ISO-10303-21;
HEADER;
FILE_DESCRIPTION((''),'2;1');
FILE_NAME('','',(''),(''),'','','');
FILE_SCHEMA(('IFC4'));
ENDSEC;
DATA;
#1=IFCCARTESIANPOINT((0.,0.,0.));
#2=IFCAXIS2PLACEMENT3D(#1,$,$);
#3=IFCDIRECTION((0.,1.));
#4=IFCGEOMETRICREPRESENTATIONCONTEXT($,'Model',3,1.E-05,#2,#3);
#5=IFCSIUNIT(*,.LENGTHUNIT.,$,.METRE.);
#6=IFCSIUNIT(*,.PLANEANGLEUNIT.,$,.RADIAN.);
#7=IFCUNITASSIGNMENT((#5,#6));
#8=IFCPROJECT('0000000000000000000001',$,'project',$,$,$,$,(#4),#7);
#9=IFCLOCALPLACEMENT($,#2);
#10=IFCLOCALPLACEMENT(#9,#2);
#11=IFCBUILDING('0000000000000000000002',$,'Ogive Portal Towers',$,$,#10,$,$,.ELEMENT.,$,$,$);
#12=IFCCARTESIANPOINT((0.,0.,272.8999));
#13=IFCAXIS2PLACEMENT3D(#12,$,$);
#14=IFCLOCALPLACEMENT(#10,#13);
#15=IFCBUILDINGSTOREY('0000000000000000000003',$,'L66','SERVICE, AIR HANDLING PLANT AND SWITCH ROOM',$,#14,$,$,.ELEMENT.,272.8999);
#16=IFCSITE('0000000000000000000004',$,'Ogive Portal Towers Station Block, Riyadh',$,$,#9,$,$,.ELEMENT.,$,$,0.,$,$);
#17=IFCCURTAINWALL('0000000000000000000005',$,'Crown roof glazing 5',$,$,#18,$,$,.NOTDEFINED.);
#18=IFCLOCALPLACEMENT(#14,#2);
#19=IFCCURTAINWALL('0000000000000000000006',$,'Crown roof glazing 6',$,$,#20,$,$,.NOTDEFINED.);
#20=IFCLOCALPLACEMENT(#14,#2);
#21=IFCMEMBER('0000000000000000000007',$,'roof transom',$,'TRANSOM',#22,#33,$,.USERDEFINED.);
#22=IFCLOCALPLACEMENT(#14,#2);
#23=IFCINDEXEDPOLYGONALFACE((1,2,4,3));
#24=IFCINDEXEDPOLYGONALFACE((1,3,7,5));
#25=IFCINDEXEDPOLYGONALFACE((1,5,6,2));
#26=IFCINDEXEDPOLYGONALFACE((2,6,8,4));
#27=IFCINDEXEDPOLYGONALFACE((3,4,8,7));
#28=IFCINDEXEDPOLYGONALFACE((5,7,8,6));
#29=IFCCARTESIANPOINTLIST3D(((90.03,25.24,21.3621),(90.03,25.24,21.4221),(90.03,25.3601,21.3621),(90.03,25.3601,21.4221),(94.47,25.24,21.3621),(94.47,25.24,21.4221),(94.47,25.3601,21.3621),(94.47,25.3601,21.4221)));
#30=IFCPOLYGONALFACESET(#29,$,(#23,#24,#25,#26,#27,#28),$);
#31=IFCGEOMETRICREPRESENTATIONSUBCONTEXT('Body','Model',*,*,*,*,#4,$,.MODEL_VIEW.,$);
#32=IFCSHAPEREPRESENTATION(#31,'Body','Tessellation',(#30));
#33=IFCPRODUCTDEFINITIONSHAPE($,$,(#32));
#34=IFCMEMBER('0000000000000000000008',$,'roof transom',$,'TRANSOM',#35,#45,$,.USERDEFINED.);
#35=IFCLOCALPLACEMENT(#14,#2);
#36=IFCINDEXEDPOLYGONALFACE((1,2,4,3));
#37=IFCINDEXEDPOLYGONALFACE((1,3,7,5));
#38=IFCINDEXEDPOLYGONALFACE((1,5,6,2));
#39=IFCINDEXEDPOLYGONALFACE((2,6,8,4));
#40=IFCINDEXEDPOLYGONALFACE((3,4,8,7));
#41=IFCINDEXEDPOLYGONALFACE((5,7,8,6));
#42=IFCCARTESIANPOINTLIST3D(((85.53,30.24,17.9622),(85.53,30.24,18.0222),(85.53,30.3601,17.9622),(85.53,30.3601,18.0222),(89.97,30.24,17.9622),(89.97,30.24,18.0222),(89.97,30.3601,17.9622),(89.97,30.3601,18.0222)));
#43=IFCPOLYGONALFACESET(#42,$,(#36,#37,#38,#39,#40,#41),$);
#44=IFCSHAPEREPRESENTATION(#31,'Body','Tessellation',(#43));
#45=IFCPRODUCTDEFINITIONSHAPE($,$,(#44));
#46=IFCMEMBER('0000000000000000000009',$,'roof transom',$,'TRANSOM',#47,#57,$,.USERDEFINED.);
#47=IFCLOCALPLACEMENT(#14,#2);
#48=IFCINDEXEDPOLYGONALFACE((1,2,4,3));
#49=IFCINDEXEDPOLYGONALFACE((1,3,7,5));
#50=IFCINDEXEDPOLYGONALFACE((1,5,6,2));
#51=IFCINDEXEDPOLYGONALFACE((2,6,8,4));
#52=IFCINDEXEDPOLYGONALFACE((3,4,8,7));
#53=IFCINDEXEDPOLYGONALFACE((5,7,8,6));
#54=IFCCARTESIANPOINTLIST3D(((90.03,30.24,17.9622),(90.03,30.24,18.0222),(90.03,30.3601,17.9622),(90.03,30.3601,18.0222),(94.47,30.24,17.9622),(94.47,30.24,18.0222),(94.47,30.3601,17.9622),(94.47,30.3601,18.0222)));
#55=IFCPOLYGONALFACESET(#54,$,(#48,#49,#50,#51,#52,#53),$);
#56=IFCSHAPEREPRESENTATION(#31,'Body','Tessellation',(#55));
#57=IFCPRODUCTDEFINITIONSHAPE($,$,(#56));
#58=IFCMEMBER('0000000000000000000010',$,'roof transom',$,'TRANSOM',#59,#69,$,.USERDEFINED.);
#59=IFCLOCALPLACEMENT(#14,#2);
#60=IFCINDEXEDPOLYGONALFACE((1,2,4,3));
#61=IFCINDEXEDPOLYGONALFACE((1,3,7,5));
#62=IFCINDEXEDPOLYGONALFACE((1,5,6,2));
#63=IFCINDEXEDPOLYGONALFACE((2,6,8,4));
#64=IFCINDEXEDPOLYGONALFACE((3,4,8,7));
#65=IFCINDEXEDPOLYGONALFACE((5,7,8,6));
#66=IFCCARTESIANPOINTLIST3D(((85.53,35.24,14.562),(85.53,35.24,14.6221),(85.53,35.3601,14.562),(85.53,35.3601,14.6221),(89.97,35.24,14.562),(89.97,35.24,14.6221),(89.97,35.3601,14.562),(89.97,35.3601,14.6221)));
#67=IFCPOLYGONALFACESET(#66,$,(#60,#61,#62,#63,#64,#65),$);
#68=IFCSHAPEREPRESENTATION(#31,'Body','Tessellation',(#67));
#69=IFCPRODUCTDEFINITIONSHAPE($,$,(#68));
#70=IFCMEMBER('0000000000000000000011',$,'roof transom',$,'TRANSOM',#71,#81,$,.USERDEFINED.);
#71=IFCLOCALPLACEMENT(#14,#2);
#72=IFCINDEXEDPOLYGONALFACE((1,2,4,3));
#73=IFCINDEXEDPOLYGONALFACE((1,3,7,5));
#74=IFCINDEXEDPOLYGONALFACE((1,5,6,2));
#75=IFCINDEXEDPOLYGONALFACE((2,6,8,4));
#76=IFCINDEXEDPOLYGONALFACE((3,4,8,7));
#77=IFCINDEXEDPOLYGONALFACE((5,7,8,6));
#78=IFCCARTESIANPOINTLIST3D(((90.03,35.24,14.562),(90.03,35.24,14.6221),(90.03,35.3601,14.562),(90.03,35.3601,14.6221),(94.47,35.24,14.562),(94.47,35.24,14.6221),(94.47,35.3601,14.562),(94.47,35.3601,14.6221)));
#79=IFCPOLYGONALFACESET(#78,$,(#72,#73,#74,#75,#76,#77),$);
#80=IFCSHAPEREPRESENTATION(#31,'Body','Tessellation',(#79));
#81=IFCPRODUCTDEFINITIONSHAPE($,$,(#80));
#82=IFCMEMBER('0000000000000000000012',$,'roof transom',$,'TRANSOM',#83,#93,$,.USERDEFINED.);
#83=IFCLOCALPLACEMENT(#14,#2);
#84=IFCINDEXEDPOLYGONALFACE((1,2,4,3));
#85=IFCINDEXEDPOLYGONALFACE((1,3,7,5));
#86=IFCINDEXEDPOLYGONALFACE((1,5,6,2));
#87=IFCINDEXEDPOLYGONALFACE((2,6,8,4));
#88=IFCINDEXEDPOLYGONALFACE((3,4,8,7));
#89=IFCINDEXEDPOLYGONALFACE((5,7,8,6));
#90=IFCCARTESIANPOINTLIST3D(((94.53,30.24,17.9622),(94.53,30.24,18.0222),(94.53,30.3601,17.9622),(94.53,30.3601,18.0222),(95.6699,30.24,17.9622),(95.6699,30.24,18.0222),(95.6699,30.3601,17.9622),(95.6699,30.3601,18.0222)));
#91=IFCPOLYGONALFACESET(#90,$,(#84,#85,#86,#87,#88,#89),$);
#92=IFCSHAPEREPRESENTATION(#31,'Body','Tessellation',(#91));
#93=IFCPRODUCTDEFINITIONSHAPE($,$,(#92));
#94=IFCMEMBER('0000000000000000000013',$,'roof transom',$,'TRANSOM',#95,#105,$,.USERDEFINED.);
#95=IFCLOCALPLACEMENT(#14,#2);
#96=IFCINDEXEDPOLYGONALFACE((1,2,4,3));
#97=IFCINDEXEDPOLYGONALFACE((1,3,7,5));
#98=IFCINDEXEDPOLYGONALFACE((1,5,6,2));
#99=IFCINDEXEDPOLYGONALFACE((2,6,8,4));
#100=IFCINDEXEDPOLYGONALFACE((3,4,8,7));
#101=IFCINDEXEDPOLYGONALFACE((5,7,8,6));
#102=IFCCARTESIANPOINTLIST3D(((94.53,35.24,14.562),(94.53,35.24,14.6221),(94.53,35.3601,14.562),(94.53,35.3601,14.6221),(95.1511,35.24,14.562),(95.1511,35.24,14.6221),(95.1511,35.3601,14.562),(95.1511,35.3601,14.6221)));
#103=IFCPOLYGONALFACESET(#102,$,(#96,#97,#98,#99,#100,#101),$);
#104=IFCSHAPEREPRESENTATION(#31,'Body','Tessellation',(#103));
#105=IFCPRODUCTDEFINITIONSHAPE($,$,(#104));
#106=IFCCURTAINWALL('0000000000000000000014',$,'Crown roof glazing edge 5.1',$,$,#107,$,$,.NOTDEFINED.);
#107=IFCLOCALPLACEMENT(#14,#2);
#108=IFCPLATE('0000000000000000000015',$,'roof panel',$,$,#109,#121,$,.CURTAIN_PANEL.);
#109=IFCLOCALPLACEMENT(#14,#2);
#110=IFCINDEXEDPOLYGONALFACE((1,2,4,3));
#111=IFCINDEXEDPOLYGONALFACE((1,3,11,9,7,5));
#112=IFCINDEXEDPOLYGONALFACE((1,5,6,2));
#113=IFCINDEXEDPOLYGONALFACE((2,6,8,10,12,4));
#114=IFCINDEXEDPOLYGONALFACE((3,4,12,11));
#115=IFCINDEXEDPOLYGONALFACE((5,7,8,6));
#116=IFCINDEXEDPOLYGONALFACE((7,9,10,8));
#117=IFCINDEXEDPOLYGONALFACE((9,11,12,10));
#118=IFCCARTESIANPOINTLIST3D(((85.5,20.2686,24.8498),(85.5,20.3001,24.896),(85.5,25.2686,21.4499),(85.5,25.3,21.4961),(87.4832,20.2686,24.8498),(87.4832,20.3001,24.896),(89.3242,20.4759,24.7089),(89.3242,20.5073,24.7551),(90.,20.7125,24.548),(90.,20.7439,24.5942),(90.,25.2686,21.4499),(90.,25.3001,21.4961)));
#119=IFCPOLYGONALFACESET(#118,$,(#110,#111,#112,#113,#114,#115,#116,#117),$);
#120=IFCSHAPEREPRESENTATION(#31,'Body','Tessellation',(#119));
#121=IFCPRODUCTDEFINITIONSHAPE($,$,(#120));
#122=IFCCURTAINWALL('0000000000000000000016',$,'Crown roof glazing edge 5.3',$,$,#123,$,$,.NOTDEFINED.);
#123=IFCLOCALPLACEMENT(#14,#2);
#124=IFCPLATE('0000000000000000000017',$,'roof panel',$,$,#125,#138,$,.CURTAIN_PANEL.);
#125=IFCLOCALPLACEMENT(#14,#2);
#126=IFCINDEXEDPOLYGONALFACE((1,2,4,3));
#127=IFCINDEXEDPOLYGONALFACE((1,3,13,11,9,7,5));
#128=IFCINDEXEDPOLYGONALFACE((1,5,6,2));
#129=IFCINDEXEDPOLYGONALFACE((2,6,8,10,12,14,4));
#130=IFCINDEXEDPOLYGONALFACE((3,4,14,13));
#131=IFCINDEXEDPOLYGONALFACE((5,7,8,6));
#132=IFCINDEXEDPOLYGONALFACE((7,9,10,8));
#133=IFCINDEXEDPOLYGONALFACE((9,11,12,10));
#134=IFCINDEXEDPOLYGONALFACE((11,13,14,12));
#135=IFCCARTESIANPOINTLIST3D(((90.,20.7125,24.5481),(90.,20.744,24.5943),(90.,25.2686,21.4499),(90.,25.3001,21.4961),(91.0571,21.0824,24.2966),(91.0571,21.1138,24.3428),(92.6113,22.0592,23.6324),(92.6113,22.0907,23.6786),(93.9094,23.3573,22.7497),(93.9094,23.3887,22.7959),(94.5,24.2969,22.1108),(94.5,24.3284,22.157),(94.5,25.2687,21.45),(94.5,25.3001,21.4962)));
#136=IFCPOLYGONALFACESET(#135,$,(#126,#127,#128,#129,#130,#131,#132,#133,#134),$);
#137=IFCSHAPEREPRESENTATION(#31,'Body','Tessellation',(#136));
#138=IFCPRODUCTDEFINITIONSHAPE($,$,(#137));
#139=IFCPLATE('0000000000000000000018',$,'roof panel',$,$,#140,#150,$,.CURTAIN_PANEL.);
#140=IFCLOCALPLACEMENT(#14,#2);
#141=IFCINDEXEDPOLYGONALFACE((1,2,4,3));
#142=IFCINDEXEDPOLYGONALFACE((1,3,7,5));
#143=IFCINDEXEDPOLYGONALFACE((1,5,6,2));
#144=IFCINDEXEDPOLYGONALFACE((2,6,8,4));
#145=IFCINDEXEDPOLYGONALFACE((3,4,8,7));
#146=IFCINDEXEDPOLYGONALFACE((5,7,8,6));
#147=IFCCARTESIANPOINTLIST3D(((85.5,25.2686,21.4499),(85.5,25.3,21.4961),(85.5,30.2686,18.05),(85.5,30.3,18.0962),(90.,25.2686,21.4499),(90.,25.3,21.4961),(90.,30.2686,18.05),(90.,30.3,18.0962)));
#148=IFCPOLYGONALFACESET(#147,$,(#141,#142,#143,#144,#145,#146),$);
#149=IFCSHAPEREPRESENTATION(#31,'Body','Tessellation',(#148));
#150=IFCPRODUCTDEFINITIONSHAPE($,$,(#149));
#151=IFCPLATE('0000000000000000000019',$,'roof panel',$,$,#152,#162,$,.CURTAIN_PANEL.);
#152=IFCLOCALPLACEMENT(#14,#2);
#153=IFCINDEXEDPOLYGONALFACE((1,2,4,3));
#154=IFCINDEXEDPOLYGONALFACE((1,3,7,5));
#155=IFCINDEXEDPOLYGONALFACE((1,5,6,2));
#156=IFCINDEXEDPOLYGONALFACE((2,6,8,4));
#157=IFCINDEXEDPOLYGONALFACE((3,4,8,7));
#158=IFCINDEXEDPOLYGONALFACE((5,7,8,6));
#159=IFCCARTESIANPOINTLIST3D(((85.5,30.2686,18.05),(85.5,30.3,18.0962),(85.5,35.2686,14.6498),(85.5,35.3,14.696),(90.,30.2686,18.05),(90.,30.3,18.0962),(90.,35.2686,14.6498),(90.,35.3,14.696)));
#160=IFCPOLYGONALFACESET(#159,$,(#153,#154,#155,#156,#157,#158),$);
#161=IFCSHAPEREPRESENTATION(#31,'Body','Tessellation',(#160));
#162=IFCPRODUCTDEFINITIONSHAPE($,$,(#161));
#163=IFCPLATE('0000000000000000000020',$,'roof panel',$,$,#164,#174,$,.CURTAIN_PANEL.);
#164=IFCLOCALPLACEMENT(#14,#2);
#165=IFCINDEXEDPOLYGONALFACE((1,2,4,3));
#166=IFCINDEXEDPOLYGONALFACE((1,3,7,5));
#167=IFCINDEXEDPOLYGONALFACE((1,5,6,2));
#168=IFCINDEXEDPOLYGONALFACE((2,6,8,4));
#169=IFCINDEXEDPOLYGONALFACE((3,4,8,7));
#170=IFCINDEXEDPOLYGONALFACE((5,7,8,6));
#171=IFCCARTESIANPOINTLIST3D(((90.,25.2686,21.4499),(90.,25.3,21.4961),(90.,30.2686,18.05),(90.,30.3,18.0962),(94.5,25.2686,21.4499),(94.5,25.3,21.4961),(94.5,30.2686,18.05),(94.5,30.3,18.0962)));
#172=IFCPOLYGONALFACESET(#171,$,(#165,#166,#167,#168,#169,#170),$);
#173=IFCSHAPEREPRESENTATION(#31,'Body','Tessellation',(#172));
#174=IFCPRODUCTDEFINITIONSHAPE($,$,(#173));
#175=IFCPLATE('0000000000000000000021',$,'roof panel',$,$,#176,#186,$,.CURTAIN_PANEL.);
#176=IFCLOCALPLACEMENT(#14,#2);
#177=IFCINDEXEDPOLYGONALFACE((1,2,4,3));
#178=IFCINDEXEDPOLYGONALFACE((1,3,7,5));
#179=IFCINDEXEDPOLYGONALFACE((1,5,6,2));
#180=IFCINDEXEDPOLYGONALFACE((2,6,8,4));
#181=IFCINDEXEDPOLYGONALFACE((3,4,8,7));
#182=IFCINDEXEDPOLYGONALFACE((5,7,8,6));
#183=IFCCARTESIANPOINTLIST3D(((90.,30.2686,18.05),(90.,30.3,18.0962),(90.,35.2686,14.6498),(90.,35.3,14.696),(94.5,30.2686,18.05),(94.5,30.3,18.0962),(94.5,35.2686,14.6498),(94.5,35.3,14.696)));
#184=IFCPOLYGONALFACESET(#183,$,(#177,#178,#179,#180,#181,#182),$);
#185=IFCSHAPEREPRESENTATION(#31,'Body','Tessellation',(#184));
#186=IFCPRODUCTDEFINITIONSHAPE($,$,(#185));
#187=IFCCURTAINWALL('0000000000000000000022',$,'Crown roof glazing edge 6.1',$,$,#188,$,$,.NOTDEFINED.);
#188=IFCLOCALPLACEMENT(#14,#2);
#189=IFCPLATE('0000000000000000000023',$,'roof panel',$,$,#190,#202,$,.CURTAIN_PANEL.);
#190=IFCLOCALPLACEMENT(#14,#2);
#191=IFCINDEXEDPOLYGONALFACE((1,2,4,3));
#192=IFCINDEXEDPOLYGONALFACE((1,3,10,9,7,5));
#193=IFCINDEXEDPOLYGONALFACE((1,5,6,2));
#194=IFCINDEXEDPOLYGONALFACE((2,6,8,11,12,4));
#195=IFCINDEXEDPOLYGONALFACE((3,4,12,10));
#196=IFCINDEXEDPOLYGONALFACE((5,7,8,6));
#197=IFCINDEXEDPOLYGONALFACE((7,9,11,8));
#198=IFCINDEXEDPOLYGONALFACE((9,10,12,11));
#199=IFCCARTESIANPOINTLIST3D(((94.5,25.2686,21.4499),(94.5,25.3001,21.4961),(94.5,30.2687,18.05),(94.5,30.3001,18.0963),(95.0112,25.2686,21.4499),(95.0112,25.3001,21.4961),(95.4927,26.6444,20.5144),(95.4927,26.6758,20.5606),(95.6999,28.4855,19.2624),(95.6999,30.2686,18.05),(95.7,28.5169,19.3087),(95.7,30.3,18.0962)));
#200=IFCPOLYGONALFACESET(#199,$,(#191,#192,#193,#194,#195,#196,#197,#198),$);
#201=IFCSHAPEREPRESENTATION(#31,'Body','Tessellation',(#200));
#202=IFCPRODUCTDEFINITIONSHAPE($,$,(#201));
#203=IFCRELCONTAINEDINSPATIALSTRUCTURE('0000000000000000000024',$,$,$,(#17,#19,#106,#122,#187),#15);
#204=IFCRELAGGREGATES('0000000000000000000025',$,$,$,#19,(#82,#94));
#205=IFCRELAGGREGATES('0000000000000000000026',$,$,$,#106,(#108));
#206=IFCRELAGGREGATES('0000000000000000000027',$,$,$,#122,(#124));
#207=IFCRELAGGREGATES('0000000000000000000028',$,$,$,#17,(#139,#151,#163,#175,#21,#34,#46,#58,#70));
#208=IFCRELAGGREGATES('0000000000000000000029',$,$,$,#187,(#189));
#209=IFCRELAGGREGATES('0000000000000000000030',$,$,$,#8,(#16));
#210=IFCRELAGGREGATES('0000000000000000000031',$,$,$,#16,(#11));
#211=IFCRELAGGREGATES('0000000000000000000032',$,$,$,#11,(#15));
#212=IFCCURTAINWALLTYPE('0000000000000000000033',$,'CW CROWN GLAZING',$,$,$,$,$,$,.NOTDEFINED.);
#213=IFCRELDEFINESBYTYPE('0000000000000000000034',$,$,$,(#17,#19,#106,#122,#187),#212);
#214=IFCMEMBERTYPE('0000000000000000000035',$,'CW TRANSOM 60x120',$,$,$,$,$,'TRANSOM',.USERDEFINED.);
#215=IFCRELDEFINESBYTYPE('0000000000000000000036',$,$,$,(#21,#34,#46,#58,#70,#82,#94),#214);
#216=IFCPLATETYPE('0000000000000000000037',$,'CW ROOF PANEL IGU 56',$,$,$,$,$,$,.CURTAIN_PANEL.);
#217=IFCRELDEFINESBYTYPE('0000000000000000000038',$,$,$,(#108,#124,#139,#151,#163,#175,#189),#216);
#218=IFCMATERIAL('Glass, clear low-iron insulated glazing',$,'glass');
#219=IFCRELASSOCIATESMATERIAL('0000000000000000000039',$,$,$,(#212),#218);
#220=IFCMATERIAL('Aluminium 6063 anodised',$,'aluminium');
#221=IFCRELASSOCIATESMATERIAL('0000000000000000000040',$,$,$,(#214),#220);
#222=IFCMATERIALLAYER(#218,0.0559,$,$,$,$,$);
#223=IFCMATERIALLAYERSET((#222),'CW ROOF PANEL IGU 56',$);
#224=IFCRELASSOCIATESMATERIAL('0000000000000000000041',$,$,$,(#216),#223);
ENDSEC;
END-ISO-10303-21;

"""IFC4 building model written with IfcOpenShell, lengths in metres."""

from ifc_helpers import new_model, si_unit, direction, frame, origin, origin_2d, place, context, subcontext, project, spatial, polyline, rectangle, outline, extrude, material, layer, layer_set, material_profile, profile_set, type_object, element, aggregate, save


model = new_model("IFC4")

# Units and contexts
model_context = context("Model", 3, precision=1e-05, world=origin(), true_north=direction((0.0, 1.0)))
body_context = subcontext(model_context, "Body", "Model", "MODEL_VIEW")
ifc_project = project(units=[si_unit("LENGTHUNIT", "METRE"), si_unit("PLANEANGLEUNIT", "RADIAN")], contexts=[model_context])

# Site, building, storey
site_placement = place(None, origin())
site = spatial("IfcSite", under=ifc_project, at=site_placement, Name="Ogive Portal Towers Station Block, Riyadh", CompositionType="ELEMENT", RefElevation=0.0)
building_placement = place(site_placement, origin())
building = spatial("IfcBuilding", under=site, at=building_placement, Name="Ogive Portal Towers", CompositionType="ELEMENT")
storey_placement = place(building_placement, frame((0.0, 0.0, 272.8999)))
storey = spatial("IfcBuildingStorey", under=building, at=storey_placement, Name="L66", Description="SERVICE, AIR HANDLING PLANT AND SWITCH ROOM", CompositionType="ELEMENT", Elevation=272.8999)

# Curtain walls
ifc_material_1 = material(Name="Glass, clear low-iron insulated glazing", Category="glass")
curtain_wall_type = type_object("IfcCurtainWallType", Name="CW CROWN GLAZING", PredefinedType="NOTDEFINED", material=ifc_material_1)
curtain_wall_1_placement = place(storey_placement, origin())
curtain_wall_1 = element("IfcCurtainWall", 1, at=curtain_wall_1_placement, inside=storey, type_object=curtain_wall_type, Name="Crown roof glazing 5", PredefinedType="NOTDEFINED")
ifc_material_2 = material(Name="Aluminium 6063 anodised", Category="aluminium")
curtain_wall_2_placement = place(storey_placement, origin())
curtain_wall_2 = element("IfcCurtainWall", 2, at=curtain_wall_2_placement, inside=storey, type_object=curtain_wall_type, Name="Crown roof glazing 6", PredefinedType="NOTDEFINED")

# Members
ifc_material_profile_1 = material_profile(ifc_material_2, rectangle(XDim=0.1201, YDim=0.0601, at=origin_2d()), Name="AL 120x60")
ifc_profile_set_1 = profile_set([ifc_material_profile_1], Name="Aluminium 6063 anodised")
member_type_1 = type_object("IfcMemberType", Name="CW TRANSOM 60x120", ElementType="TRANSOM", PredefinedType="USERDEFINED", material=ifc_profile_set_1)
member_1_placement = place(storey_placement, frame((90.03, 25.3, 21.3921), z_axis=(1.0, 0.0, 0.0), x_axis=(0.0, 1.0, 0.0)))
member_1 = element("IfcMember", 3, at=member_1_placement, type_object=member_type_1, Name="roof transom", ObjectType="TRANSOM", PredefinedType="USERDEFINED", context=body_context, shape_type="SweptSolid", body=[
    extrude(rectangle(XDim=0.1201, YDim=0.0601, at=origin_2d()), origin(), (0.0, 0.0, 1.0), 4.4399),
])
member_2_placement = place(storey_placement, frame((85.53, 30.3, 17.9922), z_axis=(1.0, 0.0, 0.0), x_axis=(0.0, 1.0, 0.0)))
member_2 = element("IfcMember", 4, at=member_2_placement, type_object=member_type_1, Name="roof transom", ObjectType="TRANSOM", PredefinedType="USERDEFINED", context=body_context, shape_type="SweptSolid", body=[
    extrude(rectangle(XDim=0.1201, YDim=0.0601, at=origin_2d()), origin(), (0.0, 0.0, 1.0), 4.4399),
])
member_3_placement = place(storey_placement, frame((90.03, 30.3, 17.9922), z_axis=(1.0, 0.0, 0.0), x_axis=(0.0, 1.0, 0.0)))
member_3 = element("IfcMember", 5, at=member_3_placement, type_object=member_type_1, Name="roof transom", ObjectType="TRANSOM", PredefinedType="USERDEFINED", context=body_context, shape_type="SweptSolid", body=[
    extrude(rectangle(XDim=0.1201, YDim=0.0601, at=origin_2d()), origin(), (0.0, 0.0, 1.0), 4.4399),
])
member_4_placement = place(storey_placement, frame((85.53, 35.3, 14.592), z_axis=(1.0, 0.0, 0.0), x_axis=(0.0, 1.0, 0.0)))
member_4 = element("IfcMember", 6, at=member_4_placement, type_object=member_type_1, Name="roof transom", ObjectType="TRANSOM", PredefinedType="USERDEFINED", context=body_context, shape_type="SweptSolid", body=[
    extrude(rectangle(XDim=0.1201, YDim=0.0601, at=origin_2d()), origin(), (0.0, 0.0, 1.0), 4.4399),
])
member_5_placement = place(storey_placement, frame((90.03, 35.3, 14.592), z_axis=(1.0, 0.0, 0.0), x_axis=(0.0, 1.0, 0.0)))
member_5 = element("IfcMember", 7, at=member_5_placement, type_object=member_type_1, Name="roof transom", ObjectType="TRANSOM", PredefinedType="USERDEFINED", context=body_context, shape_type="SweptSolid", body=[
    extrude(rectangle(XDim=0.1201, YDim=0.0601, at=origin_2d()), origin(), (0.0, 0.0, 1.0), 4.4399),
])
member_6_placement = place(storey_placement, frame((94.53, 30.3, 17.9922), z_axis=(1.0, 0.0, 0.0), x_axis=(0.0, 1.0, 0.0)))
member_6 = element("IfcMember", 8, at=member_6_placement, type_object=member_type_1, Name="roof transom", ObjectType="TRANSOM", PredefinedType="USERDEFINED", context=body_context, shape_type="SweptSolid", body=[
    extrude(rectangle(XDim=0.1201, YDim=0.0601, at=origin_2d()), origin(), (0.0, 0.0, 1.0), 1.1399),
])
member_7_placement = place(storey_placement, frame((94.53, 35.3, 14.592), z_axis=(1.0, 0.0, 0.0), x_axis=(0.0, 1.0, 0.0)))
member_7 = element("IfcMember", 9, at=member_7_placement, type_object=member_type_1, Name="roof transom", ObjectType="TRANSOM", PredefinedType="USERDEFINED", context=body_context, shape_type="SweptSolid", body=[
    extrude(rectangle(XDim=0.1201, YDim=0.0601, at=origin_2d()), origin(), (0.0, 0.0, 1.0), 0.6211),
])
aggregate(curtain_wall_2, [member_6, member_7])

# Curtain walls, plates
curtain_wall_3_placement = place(storey_placement, origin())
curtain_wall_3 = element("IfcCurtainWall", 10, at=curtain_wall_3_placement, inside=storey, type_object=curtain_wall_type, Name="Crown roof glazing edge 5.1", PredefinedType="NOTDEFINED")
ifc_layer = layer(ifc_material_1, 0.0559)
ifc_layer_set = layer_set([ifc_layer], Name="CW ROOF PANEL IGU 56")
plate_type = type_object("IfcPlateType", Name="CW ROOF PANEL IGU 56", PredefinedType="CURTAIN_PANEL", material=ifc_layer_set)
plate_1_placement = place(storey_placement, frame((90.0, 20.7439, 24.5942), z_axis=(-0.000005, 0.562302, 0.826932), x_axis=(0.0, 0.826932, -0.562302)))
plate_1 = element("IfcPlate", 11, at=plate_1_placement, type_object=plate_type, Name="roof panel", PredefinedType="CURTAIN_PANEL", context=body_context, shape_type="SweptSolid", body=[
    extrude(outline(polyline([(0.0, 0.0), (5.5097, 0.0), (5.5097, 4.5), (-0.5367, 4.5), (-0.5367, 2.5168), (-0.2861, 0.6758), (0.0, 0.0)])), origin(), (0.0, 0.0, -1.0), 0.0559),
])
aggregate(curtain_wall_3, [plate_1])
curtain_wall_4_placement = place(storey_placement, origin())
curtain_wall_4 = element("IfcCurtainWall", 12, at=curtain_wall_4_placement, inside=storey, type_object=curtain_wall_type, Name="Crown roof glazing edge 5.3", PredefinedType="NOTDEFINED")
plate_2_placement = place(storey_placement, frame((94.5, 24.3284, 22.157), z_axis=(-0.000013, 0.56231, 0.826926), x_axis=(0.0, 0.826926, -0.56231)))
plate_2 = element("IfcPlate", 13, at=plate_2_placement, type_object=plate_type, Name="roof panel", PredefinedType="CURTAIN_PANEL", context=body_context, shape_type="SweptSolid", body=[
    extrude(outline(polyline([(0.0, 0.0), (1.1751, 0.0), (1.1751, 4.5), (-4.3346, 4.5), (-3.8873, 3.4429), (-2.706, 1.8887), (-1.1363, 0.5906), (0.0, 0.0)])), origin(), (0.0, 0.0, -1.0), 0.0559),
])
aggregate(curtain_wall_4, [plate_2])

# Plates
plate_3_placement = place(storey_placement, frame((90.0, 25.3, 21.4961), z_axis=(0.0, 0.562299, 0.826934), x_axis=(0.0, 0.826934, -0.562299)))
plate_3 = element("IfcPlate", 14, at=plate_3_placement, type_object=plate_type, Name="roof panel", PredefinedType="CURTAIN_PANEL", context=body_context, shape_type="SweptSolid", body=[
    extrude(outline(polyline([(0.0, 0.0), (6.0464, 0.0), (6.0464, 4.5), (0.0, 4.5), (0.0, 0.0)])), origin(), (0.0, 0.0, -1.0), 0.0559),
])
plate_4_placement = place(storey_placement, frame((90.0, 30.3, 18.0962), z_axis=(0.0, 0.562327, 0.826915), x_axis=(0.0, 0.826915, -0.562327)))
plate_4 = element("IfcPlate", 15, at=plate_4_placement, type_object=plate_type, Name="roof panel", PredefinedType="CURTAIN_PANEL", context=body_context, shape_type="SweptSolid", body=[
    extrude(outline(polyline([(0.0, 0.0), (6.0466, 0.0), (6.0466, 4.5), (0.0, 4.5), (0.0, 0.0)])), origin(), (0.0, 0.0, -1.0), 0.0559),
])
plate_5_placement = place(storey_placement, frame((94.5, 25.3, 21.4961), z_axis=(0.0, 0.562299, 0.826934), x_axis=(0.0, 0.826934, -0.562299)))
plate_5 = element("IfcPlate", 16, at=plate_5_placement, type_object=plate_type, Name="roof panel", PredefinedType="CURTAIN_PANEL", context=body_context, shape_type="SweptSolid", body=[
    extrude(outline(polyline([(0.0, 0.0), (6.0464, 0.0), (6.0464, 4.5), (0.0, 4.5), (0.0, 0.0)])), origin(), (0.0, 0.0, -1.0), 0.0559),
])
plate_6_placement = place(storey_placement, frame((94.5, 30.3, 18.0962), z_axis=(0.0, 0.562327, 0.826915), x_axis=(0.0, 0.826915, -0.562327)))
plate_6 = element("IfcPlate", 17, at=plate_6_placement, type_object=plate_type, Name="roof panel", PredefinedType="CURTAIN_PANEL", context=body_context, shape_type="SweptSolid", body=[
    extrude(outline(polyline([(0.0, 0.0), (6.0466, 0.0), (6.0466, 4.5), (0.0, 4.5), (0.0, 0.0)])), origin(), (0.0, 0.0, -1.0), 0.0559),
])
aggregate(curtain_wall_1, [plate_3, plate_4, plate_5, plate_6, member_1, member_2, member_3, member_4, member_5])

# Curtain wall, plate
curtain_wall_5_placement = place(storey_placement, origin())
curtain_wall_5 = element("IfcCurtainWall", 18, at=curtain_wall_5_placement, inside=storey, type_object=curtain_wall_type, Name="Crown roof glazing edge 6.1", PredefinedType="NOTDEFINED")
plate_7_placement = place(storey_placement, frame((95.7, 30.3, 18.0962), z_axis=(0.00006, 0.562295, 0.826937), x_axis=(-1.0, 0.000034, 0.00005)))
plate_7 = element("IfcPlate", 19, at=plate_7_placement, type_object=plate_type, Name="roof panel", PredefinedType="CURTAIN_PANEL", context=body_context, shape_type="SweptSolid", body=[
    extrude(outline(polyline([(0.0, 0.0), (1.2, 0.0), (1.2, 6.0464), (0.6887, 6.0464), (0.2073, 4.3827), (0.0, 2.1563), (0.0, 0.0)])), origin(), (0.0, 0.0, -1.0), 0.0559),
])
aggregate(curtain_wall_5, [plate_7])

save(model, "model.ifc")
